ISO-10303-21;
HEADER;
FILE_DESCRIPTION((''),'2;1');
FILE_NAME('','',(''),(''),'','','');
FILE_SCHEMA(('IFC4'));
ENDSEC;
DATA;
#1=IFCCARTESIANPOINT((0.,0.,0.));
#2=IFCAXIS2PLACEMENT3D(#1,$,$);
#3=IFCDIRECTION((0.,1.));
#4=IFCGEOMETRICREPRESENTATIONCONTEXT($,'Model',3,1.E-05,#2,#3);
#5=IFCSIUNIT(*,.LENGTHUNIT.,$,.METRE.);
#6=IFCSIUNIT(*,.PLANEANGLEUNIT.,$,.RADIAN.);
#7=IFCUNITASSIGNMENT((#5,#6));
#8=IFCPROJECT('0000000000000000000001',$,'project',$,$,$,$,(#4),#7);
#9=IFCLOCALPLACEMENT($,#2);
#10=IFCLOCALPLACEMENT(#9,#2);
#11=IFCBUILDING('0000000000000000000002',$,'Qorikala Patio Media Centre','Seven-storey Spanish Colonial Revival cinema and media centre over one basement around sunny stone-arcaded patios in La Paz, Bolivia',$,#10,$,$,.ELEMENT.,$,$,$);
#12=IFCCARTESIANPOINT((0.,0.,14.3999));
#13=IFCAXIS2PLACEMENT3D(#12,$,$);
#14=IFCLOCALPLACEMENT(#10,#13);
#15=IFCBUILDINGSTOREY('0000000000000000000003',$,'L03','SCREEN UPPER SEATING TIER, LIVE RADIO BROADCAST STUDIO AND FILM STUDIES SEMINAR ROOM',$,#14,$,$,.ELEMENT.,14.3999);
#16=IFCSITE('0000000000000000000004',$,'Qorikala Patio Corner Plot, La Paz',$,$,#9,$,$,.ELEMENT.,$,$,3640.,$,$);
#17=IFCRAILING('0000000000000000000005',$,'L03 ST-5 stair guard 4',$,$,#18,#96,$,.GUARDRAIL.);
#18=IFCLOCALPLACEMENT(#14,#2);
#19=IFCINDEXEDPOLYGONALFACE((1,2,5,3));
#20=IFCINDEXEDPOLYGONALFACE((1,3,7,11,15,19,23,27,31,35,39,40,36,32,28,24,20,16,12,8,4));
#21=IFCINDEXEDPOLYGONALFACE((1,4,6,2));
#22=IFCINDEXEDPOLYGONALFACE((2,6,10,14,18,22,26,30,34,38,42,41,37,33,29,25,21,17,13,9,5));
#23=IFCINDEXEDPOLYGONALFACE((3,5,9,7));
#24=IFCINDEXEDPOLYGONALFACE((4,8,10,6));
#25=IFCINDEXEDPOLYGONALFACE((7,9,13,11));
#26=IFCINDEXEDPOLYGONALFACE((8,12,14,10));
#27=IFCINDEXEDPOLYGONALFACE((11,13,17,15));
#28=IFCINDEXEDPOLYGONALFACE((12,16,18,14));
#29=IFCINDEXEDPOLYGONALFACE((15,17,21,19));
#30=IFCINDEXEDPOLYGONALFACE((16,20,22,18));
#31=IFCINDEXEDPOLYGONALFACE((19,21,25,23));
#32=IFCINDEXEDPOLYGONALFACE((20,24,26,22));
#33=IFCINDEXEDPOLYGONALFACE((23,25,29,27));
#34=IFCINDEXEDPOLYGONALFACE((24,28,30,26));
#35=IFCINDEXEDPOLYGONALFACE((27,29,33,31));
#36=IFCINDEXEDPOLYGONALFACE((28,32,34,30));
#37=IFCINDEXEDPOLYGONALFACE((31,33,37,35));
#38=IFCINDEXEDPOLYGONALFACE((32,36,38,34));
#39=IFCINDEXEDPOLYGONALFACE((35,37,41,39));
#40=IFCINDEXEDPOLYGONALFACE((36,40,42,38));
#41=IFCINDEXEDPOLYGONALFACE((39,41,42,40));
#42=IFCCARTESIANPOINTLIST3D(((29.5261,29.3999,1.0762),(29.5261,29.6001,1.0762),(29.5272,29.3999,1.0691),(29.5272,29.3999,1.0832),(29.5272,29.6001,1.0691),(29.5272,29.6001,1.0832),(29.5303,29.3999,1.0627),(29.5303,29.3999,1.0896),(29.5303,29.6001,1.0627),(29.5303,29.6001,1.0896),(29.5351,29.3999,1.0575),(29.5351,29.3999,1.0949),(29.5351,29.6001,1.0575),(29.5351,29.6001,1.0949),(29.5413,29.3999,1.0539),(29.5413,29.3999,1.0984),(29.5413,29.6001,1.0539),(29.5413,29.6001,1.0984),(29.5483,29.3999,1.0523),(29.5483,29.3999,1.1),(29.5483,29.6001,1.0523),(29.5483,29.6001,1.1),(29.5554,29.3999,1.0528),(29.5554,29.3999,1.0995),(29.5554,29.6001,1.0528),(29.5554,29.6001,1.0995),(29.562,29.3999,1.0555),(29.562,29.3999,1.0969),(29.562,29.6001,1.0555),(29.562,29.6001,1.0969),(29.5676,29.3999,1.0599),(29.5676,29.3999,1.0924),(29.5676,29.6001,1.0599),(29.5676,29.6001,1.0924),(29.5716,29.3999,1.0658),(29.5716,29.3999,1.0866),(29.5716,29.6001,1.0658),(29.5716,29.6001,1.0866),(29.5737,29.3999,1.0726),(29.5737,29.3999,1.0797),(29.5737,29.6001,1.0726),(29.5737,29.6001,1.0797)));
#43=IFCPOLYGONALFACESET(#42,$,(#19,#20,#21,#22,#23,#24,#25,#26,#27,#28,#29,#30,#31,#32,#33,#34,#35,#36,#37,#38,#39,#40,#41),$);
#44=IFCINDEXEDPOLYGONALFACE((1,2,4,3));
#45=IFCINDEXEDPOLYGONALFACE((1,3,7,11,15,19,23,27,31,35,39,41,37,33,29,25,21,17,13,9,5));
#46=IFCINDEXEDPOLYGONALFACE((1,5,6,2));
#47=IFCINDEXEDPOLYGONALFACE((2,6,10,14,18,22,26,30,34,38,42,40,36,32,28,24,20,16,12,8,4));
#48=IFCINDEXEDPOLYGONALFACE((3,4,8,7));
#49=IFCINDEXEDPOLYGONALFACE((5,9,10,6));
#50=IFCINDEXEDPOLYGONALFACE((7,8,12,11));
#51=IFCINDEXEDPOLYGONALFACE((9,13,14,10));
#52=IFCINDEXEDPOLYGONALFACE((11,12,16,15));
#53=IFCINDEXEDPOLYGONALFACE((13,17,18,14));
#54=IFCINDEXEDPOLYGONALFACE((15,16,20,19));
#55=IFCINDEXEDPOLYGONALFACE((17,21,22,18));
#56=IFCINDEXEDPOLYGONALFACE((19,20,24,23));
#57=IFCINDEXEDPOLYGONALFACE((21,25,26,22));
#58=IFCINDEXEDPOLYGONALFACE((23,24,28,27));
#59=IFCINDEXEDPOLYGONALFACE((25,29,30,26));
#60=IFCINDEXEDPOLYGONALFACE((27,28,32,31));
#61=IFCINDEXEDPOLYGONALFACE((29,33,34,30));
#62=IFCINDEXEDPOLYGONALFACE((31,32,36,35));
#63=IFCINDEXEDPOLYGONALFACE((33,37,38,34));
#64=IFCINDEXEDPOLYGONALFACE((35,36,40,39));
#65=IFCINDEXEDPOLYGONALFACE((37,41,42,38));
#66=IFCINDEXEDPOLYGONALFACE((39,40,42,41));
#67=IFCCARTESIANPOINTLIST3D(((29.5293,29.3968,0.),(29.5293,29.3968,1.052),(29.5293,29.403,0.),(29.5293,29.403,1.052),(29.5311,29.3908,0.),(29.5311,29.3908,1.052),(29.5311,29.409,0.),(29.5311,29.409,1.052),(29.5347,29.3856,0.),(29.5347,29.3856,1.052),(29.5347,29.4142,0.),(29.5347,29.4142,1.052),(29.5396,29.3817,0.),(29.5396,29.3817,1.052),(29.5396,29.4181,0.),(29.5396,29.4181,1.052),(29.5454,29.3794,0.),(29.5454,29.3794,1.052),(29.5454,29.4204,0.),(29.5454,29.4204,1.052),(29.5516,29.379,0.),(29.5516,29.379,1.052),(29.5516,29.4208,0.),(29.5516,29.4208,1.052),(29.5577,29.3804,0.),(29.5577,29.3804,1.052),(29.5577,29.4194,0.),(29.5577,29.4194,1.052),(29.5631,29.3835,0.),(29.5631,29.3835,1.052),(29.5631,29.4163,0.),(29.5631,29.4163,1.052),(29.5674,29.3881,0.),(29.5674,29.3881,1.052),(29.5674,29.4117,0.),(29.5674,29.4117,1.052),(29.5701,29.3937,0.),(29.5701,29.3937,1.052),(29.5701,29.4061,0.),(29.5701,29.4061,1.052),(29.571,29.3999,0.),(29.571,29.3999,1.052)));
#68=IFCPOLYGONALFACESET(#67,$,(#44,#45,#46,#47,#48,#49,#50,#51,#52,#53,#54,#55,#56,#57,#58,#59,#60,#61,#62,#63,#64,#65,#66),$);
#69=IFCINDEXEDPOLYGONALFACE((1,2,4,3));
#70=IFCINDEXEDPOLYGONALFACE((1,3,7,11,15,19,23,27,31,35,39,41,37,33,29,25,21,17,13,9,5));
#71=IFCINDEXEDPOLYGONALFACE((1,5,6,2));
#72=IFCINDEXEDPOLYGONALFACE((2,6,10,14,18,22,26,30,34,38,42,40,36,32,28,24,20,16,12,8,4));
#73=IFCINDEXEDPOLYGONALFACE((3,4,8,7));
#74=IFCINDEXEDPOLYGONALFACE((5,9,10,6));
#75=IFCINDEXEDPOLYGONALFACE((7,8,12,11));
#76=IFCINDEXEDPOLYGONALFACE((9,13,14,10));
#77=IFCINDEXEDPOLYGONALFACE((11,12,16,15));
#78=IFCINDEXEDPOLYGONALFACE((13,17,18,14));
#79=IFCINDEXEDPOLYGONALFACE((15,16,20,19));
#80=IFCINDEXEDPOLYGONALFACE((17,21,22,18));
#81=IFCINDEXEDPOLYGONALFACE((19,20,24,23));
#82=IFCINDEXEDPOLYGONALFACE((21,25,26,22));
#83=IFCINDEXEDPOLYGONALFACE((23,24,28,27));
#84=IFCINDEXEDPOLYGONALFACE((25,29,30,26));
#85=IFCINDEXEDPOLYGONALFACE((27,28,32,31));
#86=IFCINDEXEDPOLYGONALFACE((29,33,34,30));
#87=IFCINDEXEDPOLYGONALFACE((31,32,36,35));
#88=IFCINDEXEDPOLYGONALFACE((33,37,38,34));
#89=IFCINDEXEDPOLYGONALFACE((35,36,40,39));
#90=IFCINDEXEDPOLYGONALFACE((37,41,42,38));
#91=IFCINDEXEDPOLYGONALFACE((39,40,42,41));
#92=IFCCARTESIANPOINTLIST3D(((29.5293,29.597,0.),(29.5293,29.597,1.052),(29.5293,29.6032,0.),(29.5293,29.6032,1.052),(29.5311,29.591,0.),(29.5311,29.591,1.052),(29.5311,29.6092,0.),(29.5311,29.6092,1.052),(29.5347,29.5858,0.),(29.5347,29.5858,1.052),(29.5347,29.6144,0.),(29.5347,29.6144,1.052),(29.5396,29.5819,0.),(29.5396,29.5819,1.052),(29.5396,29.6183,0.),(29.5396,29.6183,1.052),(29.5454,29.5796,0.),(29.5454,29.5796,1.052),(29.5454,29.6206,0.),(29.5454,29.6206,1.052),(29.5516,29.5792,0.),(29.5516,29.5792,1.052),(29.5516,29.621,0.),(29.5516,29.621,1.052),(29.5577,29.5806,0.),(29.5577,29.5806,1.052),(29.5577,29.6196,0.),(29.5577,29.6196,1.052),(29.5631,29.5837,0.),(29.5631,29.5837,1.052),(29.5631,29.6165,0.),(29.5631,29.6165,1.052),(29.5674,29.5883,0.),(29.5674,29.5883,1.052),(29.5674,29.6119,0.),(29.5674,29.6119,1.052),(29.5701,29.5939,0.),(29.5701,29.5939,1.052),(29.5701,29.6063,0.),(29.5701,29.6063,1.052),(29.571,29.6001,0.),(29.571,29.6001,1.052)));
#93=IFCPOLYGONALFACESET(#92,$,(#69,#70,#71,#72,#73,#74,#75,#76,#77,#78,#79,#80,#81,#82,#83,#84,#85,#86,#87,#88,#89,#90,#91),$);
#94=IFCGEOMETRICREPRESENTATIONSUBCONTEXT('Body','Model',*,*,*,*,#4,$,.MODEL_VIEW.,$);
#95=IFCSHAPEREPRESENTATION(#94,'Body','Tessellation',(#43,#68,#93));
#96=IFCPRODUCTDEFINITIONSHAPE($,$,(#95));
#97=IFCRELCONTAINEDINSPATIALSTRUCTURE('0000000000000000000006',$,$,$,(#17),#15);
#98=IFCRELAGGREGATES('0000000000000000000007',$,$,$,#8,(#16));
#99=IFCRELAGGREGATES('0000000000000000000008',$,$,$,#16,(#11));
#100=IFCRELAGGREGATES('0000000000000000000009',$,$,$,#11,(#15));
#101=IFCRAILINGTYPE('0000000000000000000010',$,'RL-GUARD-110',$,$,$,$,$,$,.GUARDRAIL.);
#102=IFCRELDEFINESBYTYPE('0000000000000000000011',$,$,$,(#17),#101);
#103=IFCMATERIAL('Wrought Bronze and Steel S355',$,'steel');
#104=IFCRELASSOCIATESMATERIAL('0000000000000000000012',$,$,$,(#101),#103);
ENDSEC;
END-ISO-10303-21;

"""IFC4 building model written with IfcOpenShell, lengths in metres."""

from ifc_helpers import new_model, si_unit, direction, frame, origin, origin_2d, place, context, subcontext, project, spatial, circle, extrude, material, type_object, element, save


model = new_model("IFC4")

# Units and contexts
model_context = context("Model", 3, precision=1e-05, world=origin(), true_north=direction((0.0, 1.0)))
body_context = subcontext(model_context, "Body", "Model", "MODEL_VIEW")
ifc_project = project(units=[si_unit("LENGTHUNIT", "METRE"), si_unit("PLANEANGLEUNIT", "RADIAN")], contexts=[model_context])

# Site, building, storey
site_placement = place(None, origin())
site = spatial("IfcSite", under=ifc_project, at=site_placement, Name="Qorikala Patio Corner Plot, La Paz", CompositionType="ELEMENT", RefElevation=3640.0)
building_placement = place(site_placement, origin())
building = spatial("IfcBuilding", under=site, at=building_placement, Name="Qorikala Patio Media Centre", Description="Seven-storey Spanish Colonial Revival cinema and media centre over one basement around sunny stone-arcaded patios in La Paz, Bolivia", CompositionType="ELEMENT")
storey_placement = place(building_placement, frame((0.0, 0.0, 14.3999)))
storey = spatial("IfcBuildingStorey", under=building, at=storey_placement, Name="L03", Description="SCREEN UPPER SEATING TIER, LIVE RADIO BROADCAST STUDIO AND FILM STUDIES SEMINAR ROOM", CompositionType="ELEMENT", Elevation=14.3999)

# Railing
ifc_material_1 = material(Name="Wrought Bronze and Steel S355", Category="steel")
railing_type_1 = type_object("IfcRailingType", Name="RL-GUARD-110", PredefinedType="GUARDRAIL", material=ifc_material_1)
railing_1_placement = place(storey_placement, frame((29.55, 29.3999, 0.0)))
element("IfcRailing", 1, at=railing_1_placement, inside=storey, type_object=railing_type_1, Name="L03 ST-5 stair guard 4", PredefinedType="GUARDRAIL", context=body_context, shape_type="SweptSolid", body=[
    extrude(circle(Radius=0.0239, at=origin_2d()), frame((0.0, 0.0, 1.0762), z_axis=(0.0, 1.0, 0.0), x_axis=(-1.0, 0.0, 0.0)), (0.0, 0.0, 1.0), 0.2002),
    extrude(circle(Radius=0.021, at=origin_2d()), origin(), (0.0, 0.0, 1.0), 1.052),
    extrude(circle(Radius=0.021, at=origin_2d()), frame((0.0, 0.2002, 0.0)), (0.0, 0.0, 1.0), 1.052),
])

save(model, "model.ifc")
